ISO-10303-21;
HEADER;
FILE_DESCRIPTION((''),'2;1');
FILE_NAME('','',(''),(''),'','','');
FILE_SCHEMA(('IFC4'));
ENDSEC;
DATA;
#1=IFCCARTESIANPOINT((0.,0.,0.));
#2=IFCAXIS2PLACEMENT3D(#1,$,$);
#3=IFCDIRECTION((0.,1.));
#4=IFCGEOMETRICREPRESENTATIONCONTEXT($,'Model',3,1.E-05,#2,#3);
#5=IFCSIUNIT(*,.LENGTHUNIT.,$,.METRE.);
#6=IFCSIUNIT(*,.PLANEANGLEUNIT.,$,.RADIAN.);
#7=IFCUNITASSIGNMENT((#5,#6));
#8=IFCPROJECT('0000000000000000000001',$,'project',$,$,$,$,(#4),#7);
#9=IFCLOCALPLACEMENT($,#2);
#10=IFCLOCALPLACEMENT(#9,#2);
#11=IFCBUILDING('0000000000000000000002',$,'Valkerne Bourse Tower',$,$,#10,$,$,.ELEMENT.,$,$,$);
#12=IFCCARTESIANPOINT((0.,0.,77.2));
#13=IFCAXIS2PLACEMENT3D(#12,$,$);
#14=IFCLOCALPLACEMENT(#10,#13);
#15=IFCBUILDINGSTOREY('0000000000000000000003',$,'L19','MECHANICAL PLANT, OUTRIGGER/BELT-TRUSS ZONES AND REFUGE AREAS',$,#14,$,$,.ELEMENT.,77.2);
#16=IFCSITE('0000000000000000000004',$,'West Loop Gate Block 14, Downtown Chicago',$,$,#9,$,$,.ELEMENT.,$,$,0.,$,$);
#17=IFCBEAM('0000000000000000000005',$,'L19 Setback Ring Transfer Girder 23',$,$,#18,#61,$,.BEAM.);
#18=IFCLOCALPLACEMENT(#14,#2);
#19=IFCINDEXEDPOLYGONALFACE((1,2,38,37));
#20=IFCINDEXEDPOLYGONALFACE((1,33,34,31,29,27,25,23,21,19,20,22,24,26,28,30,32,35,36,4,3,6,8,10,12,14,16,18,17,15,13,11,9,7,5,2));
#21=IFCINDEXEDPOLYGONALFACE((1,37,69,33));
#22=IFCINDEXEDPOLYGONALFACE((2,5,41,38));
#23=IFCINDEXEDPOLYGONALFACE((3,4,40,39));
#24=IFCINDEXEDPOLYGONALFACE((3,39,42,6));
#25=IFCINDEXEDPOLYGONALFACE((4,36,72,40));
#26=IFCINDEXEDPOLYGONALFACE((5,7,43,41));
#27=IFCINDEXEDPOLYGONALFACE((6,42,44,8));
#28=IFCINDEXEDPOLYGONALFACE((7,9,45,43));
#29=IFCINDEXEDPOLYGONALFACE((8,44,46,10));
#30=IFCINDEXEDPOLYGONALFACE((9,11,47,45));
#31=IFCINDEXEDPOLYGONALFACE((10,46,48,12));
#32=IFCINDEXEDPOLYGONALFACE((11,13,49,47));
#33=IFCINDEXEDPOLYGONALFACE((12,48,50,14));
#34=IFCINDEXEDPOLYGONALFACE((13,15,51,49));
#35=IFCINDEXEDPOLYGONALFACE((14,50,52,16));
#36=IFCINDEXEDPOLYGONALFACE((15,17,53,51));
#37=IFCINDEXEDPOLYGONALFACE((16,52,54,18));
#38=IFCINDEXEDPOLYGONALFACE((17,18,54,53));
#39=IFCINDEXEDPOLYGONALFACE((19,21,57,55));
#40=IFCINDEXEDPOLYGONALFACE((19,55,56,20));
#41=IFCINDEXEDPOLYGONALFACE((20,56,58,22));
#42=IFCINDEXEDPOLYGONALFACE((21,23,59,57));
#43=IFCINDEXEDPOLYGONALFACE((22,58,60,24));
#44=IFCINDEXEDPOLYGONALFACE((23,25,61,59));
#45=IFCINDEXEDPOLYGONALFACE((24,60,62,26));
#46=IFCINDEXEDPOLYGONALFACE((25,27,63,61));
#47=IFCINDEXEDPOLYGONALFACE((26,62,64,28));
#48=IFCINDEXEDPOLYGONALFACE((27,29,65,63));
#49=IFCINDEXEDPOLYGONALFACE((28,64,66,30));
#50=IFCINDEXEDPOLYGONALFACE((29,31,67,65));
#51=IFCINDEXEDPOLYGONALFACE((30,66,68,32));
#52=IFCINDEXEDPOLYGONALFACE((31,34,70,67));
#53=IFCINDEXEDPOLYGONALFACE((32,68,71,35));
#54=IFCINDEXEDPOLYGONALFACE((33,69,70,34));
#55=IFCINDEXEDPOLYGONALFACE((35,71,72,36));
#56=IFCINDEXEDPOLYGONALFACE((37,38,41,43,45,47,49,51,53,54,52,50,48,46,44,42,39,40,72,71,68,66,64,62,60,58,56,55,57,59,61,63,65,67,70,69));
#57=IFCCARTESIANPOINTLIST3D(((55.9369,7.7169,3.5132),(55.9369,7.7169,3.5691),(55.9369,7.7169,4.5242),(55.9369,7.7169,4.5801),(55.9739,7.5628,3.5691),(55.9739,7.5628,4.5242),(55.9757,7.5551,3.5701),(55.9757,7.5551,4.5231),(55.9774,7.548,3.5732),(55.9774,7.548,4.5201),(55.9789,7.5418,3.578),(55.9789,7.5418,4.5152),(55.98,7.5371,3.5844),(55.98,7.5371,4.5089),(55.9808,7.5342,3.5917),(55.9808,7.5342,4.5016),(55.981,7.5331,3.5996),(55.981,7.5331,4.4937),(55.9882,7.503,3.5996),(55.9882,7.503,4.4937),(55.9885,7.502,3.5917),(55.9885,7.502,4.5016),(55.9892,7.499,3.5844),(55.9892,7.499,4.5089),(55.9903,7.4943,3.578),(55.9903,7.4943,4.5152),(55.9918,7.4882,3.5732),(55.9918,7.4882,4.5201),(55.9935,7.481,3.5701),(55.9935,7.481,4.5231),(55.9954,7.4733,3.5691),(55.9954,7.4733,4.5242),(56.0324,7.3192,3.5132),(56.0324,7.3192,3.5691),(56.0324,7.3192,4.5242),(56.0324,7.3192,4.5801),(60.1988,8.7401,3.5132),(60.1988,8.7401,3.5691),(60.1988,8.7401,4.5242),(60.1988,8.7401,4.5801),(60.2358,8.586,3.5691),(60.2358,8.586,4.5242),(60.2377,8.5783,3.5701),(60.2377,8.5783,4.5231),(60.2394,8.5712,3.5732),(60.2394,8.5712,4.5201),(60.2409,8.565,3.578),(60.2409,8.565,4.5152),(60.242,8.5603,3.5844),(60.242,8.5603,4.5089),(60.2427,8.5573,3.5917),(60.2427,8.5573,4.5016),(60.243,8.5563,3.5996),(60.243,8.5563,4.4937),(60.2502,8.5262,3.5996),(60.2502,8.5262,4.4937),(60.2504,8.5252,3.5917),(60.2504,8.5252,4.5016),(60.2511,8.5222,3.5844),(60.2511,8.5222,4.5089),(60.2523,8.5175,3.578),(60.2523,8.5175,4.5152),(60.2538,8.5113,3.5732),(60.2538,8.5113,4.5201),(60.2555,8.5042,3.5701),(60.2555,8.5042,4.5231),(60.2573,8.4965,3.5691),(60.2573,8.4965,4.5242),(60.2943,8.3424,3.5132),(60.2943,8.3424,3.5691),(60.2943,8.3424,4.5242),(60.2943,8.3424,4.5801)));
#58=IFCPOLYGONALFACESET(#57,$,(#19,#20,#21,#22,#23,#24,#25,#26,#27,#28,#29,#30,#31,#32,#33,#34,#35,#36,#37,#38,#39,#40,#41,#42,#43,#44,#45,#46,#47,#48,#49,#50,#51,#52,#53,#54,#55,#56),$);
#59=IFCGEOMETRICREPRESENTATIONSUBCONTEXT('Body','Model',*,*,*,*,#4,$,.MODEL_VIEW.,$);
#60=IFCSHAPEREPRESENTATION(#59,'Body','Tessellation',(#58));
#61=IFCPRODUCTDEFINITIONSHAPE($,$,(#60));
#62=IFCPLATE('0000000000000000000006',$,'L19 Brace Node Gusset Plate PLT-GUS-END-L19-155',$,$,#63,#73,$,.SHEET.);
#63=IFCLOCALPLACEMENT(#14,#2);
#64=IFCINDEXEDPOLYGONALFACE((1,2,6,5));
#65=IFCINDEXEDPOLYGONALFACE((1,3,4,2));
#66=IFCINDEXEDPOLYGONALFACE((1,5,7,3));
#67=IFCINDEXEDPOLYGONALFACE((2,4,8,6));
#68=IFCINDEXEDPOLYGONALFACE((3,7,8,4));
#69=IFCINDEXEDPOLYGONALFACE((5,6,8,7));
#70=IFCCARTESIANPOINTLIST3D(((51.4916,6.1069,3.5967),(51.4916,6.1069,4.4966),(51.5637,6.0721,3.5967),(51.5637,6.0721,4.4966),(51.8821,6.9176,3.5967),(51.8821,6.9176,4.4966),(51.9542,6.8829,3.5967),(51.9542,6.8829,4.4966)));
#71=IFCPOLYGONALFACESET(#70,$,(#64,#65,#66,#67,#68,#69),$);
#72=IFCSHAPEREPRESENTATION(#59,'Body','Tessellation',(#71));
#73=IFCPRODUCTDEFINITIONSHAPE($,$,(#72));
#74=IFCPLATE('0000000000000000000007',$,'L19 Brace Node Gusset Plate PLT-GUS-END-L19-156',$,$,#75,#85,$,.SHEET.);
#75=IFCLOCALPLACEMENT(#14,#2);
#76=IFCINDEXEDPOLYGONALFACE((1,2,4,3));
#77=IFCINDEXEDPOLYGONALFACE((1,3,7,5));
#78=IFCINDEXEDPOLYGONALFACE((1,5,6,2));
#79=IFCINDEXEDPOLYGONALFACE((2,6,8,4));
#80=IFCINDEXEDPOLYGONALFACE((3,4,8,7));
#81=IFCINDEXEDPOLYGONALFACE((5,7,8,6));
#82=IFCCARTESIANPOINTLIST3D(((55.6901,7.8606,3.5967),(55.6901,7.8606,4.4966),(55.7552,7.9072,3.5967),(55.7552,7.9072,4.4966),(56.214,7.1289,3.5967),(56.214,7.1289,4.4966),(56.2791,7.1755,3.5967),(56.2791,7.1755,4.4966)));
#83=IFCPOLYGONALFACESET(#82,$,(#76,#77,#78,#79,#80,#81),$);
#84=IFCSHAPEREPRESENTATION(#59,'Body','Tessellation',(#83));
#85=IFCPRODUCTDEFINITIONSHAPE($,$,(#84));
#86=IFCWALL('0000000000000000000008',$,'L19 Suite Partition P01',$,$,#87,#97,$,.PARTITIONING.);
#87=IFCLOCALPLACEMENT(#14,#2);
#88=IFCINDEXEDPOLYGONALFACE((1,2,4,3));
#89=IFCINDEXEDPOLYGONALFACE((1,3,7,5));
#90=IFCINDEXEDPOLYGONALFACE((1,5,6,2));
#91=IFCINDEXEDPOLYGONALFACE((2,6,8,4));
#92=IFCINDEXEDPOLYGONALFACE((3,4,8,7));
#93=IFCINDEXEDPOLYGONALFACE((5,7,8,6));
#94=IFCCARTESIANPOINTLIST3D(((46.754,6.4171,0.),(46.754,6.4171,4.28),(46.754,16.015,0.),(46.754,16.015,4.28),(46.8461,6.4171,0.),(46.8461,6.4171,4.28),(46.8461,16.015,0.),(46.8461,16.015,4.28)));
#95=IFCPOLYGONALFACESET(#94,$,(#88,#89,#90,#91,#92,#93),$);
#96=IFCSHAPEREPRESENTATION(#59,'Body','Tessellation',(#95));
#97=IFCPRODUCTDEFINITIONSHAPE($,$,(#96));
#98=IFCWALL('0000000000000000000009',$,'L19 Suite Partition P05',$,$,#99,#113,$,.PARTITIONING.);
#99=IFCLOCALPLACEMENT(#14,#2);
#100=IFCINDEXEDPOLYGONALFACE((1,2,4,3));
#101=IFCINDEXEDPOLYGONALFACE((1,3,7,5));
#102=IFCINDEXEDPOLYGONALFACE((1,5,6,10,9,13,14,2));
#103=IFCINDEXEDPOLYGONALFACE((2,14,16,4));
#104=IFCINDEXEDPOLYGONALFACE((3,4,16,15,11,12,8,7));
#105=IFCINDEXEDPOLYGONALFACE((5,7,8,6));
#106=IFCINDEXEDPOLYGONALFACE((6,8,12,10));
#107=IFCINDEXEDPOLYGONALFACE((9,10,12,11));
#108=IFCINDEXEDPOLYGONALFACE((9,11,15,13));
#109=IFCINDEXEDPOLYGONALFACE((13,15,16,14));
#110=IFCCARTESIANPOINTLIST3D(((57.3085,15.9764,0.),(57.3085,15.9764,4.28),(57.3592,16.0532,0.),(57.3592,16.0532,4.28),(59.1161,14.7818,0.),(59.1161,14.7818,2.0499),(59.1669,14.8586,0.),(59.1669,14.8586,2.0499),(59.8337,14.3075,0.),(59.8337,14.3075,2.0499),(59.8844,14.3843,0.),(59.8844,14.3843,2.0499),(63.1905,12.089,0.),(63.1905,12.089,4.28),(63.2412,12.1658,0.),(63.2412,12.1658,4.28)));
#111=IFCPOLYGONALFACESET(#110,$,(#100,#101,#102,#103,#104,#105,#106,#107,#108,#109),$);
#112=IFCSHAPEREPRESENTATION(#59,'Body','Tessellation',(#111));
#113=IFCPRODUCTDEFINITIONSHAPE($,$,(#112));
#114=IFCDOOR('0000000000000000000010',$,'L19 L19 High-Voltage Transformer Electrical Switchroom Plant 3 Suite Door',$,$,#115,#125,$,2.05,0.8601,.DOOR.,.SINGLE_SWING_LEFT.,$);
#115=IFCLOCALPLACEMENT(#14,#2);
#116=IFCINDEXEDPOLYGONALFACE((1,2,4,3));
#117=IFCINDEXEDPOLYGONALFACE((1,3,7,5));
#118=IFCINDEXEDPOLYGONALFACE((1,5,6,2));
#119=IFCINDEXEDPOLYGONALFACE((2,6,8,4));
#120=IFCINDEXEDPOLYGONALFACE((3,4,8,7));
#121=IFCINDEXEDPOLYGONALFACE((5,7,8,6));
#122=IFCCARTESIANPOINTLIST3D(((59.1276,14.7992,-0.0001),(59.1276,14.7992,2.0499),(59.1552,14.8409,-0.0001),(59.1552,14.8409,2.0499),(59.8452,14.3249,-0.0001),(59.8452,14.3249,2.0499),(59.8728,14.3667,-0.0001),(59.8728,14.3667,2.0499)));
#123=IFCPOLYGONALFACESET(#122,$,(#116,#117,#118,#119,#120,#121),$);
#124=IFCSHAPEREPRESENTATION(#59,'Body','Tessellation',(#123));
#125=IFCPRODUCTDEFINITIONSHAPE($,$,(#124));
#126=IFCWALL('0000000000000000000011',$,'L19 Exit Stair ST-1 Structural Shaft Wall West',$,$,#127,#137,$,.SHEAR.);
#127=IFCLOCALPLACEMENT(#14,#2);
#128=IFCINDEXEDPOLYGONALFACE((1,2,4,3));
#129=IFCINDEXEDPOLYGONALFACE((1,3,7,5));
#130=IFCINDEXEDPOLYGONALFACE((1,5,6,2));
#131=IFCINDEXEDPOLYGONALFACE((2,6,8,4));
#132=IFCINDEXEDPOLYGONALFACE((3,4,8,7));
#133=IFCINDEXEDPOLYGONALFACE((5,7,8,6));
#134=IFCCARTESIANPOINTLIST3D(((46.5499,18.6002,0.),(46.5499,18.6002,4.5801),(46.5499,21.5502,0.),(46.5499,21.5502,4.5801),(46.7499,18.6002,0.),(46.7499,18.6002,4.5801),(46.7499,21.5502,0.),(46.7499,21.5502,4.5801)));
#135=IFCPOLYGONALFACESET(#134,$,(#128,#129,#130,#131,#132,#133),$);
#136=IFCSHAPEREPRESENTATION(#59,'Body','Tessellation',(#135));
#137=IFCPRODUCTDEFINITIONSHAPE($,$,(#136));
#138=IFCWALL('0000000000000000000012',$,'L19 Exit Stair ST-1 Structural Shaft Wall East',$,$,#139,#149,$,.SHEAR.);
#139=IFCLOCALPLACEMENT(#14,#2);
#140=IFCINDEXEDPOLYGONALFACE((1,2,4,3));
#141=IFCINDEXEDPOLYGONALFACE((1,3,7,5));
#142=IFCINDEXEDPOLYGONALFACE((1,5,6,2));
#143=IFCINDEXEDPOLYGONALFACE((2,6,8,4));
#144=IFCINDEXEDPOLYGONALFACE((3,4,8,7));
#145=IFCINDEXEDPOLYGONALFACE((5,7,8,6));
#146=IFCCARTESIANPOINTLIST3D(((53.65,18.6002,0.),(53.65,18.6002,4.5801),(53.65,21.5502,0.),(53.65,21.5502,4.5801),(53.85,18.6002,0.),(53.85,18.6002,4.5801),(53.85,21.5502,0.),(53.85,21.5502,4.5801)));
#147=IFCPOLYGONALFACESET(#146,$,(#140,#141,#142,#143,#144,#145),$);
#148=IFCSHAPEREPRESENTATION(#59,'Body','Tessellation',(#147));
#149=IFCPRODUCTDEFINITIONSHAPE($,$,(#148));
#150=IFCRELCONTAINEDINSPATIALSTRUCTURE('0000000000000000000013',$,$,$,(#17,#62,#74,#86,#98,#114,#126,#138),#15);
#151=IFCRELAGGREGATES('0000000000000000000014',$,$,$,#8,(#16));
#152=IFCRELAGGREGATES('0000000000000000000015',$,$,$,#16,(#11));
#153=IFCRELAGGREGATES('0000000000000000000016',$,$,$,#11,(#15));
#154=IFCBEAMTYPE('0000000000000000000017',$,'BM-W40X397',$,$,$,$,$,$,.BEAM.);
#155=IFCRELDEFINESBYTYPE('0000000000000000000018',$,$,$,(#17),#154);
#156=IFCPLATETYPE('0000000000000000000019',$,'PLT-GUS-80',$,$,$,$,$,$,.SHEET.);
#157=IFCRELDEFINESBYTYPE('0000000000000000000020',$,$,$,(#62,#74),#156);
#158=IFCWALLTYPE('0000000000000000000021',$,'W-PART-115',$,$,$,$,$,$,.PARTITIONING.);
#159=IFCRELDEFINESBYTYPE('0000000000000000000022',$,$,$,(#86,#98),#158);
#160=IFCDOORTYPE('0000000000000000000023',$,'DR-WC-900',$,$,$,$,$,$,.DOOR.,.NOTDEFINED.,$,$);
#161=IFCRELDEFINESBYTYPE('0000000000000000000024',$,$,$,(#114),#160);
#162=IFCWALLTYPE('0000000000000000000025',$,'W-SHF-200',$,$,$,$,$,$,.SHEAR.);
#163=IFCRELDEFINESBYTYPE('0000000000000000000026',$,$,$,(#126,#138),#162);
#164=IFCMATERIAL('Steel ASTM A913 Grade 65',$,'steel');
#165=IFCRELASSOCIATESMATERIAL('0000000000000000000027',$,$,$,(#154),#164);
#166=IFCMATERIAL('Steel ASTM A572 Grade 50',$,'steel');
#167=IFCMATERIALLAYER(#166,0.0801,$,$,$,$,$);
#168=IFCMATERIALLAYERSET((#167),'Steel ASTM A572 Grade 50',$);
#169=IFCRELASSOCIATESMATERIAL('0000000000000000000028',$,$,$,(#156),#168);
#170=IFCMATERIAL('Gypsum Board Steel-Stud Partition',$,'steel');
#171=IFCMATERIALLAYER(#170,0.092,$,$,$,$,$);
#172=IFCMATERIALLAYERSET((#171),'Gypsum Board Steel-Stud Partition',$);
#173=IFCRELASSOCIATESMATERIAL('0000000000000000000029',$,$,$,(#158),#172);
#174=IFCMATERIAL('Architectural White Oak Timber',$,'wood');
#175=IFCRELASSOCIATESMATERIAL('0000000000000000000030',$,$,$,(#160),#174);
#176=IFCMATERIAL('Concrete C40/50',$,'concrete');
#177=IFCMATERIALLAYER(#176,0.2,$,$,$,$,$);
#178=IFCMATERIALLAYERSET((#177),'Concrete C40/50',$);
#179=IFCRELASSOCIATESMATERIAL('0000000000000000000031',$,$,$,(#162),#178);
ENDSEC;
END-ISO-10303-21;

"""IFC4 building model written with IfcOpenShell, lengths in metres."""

from ifc_helpers import new_model, si_unit, direction, frame, frame_2d, origin, origin_2d, place, context, subcontext, project, spatial, rectangle, i_section, extrude, material, layer, layer_set, material_profile, profile_set, type_object, element, fill, save


model = new_model("IFC4")

# Units and contexts
model_context = context("Model", 3, precision=1e-05, world=origin(), true_north=direction((0.0, 1.0)))
body_context = subcontext(model_context, "Body", "Model", "MODEL_VIEW")
ifc_project = project(units=[si_unit("LENGTHUNIT", "METRE"), si_unit("PLANEANGLEUNIT", "RADIAN")], contexts=[model_context])

# Site, building, storey
site_placement = place(None, origin())
site = spatial("IfcSite", under=ifc_project, at=site_placement, Name="West Loop Gate Block 14, Downtown Chicago", CompositionType="ELEMENT", RefElevation=0.0)
building_placement = place(site_placement, origin())
building = spatial("IfcBuilding", under=site, at=building_placement, Name="Valkerne Bourse Tower", CompositionType="ELEMENT")
storey_placement = place(building_placement, frame((0.0, 0.0, 77.2)))
storey = spatial("IfcBuildingStorey", under=building, at=storey_placement, Name="L19", Description="MECHANICAL PLANT, OUTRIGGER/BELT-TRUSS ZONES AND REFUGE AREAS", CompositionType="ELEMENT", Elevation=77.2)

# Beam
ifc_material_1 = material(Name="Steel ASTM A913 Grade 65", Category="steel")
ifc_material_profile = material_profile(ifc_material_1, i_section(OverallWidth=0.4089, OverallDepth=1.0669, WebThickness=0.031, FlangeThickness=0.0559, FilletRadius=0.0305, at=origin_2d()), Name="W40X397")
ifc_profile_set = profile_set([ifc_material_profile], Name="Steel ASTM A913 Grade 65")
beam_type = type_object("IfcBeamType", Name="BM-W40X397", PredefinedType="BEAM", material=ifc_profile_set)
beam_placement = place(storey_placement, frame((55.9846, 7.5181, 4.0466), z_axis=(0.972371, 0.233442, 0.0), x_axis=(-0.233442, 0.972371, 0.0)))
element("IfcBeam", 1, at=beam_placement, inside=storey, type_object=beam_type, Name="L19 Setback Ring Transfer Girder 23", PredefinedType="BEAM", context=body_context, shape_type="SweptSolid", body=[
    extrude(i_section(OverallWidth=0.4089, OverallDepth=1.0669, WebThickness=0.031, FlangeThickness=0.0559, FilletRadius=0.0305, at=origin_2d()), origin(), (0.0, 0.0, 1.0), 4.3831),
])

# Plates
ifc_material_2 = material(Name="Steel ASTM A572 Grade 50", Category="steel")
ifc_layer_1 = layer(ifc_material_2, 0.0801)
ifc_layer_set_1 = layer_set([ifc_layer_1], Name="Steel ASTM A572 Grade 50")
plate_type = type_object("IfcPlateType", Name="PLT-GUS-80", PredefinedType="SHEET", material=ifc_layer_set_1)
for number, where, z_axis, x_axis, name in (
    (2, (51.7229, 6.4949, 3.5967), (0.0, 0.0, 1.0), (0.433974, 0.900926, 0.0), "L19 Brace Node Gusset Plate PLT-GUS-END-L19-155"),
    (3, (55.9846, 7.5181, 3.5967), (0.0, 0.0, 1.0), (-0.582123, 0.813101, 0.0), "L19 Brace Node Gusset Plate PLT-GUS-END-L19-156"),
):
    element("IfcPlate", number, at=place(storey_placement, frame(where, z_axis=z_axis, x_axis=x_axis)), inside=storey, type_object=plate_type, Name=name, PredefinedType="SHEET", context=body_context, shape_type="SweptSolid", body=[
        extrude(rectangle(XDim=0.8999, YDim=0.0801, at=origin_2d()), origin(), (0.0, 0.0, 1.0), 0.8999),
    ])

# Wall
ifc_material_3 = material(Name="Gypsum Board Steel-Stud Partition", Category="steel")
ifc_layer_2 = layer(ifc_material_3, 0.092)
ifc_layer_set_2 = layer_set([ifc_layer_2], Name="Gypsum Board Steel-Stud Partition")
wall_type_1 = type_object("IfcWallType", Name="W-PART-115", PredefinedType="PARTITIONING", material=ifc_layer_set_2)
wall_1_placement = place(storey_placement, frame((46.8, 16.0149, 0.0), z_axis=(0.0, 0.0, 1.0), x_axis=(0.0, -1.0, 0.0)))
element("IfcWall", 4, at=wall_1_placement, inside=storey, type_object=wall_type_1, Name="L19 Suite Partition P01", PredefinedType="PARTITIONING", context=body_context, shape_type="SweptSolid", body=[
    extrude(rectangle(XDim=9.5979, YDim=0.092, at=frame_2d((4.7988, 0.0))), origin(), (0.0, 0.0, 1.0), 4.28),
])

# Wall, opening, door
wall_2_placement = place(storey_placement, frame((57.3337, 16.0149, 0.0), z_axis=(0.0, 0.0, 1.0), x_axis=(0.834265, -0.551364, 0.0)))
wall_2 = element("IfcWall", 5, at=wall_2_placement, inside=storey, type_object=wall_type_1, Name="L19 Suite Partition P05", PredefinedType="PARTITIONING", context=body_context, shape_type="SweptSolid", body=[
    extrude(rectangle(XDim=7.0505, YDim=0.092, at=frame_2d((3.5254, 0.0))), origin(), (0.0, 0.0, 1.0), 4.28),
])
opening_1_placement = place(wall_2_placement, frame((2.1667, 0.0, 0.0)))
opening_1 = element("IfcOpeningElement", 6, at=opening_1_placement, cuts=wall_2, PredefinedType="OPENING", context=body_context, shape_type="SweptSolid", body=[
    extrude(rectangle(XDim=0.8601, YDim=2.05, at=frame_2d((0.4302, 1.0249))), frame((0.0, 0.0559, 0.0), z_axis=(0.0, -1.0, 0.0), x_axis=(1.0, 0.0, 0.0)), (0.0, 0.0, 1.0), 0.1121),
])
ifc_material_4 = material(Name="Architectural White Oak Timber", Category="wood")
door_type_1 = type_object("IfcDoorType", Name="DR-WC-900", OperationType="NOTDEFINED", PredefinedType="DOOR", material=ifc_material_4)
door_1_placement = place(opening_1_placement, origin())
door_1 = element("IfcDoor", 7, at=door_1_placement, inside=storey, type_object=door_type_1, Name="L19 L19 High-Voltage Transformer Electrical Switchroom Plant 3 Suite Door", OperationType="SINGLE_SWING_LEFT", OverallHeight=2.05, OverallWidth=0.8601, PredefinedType="DOOR", context=body_context, shape_type="SweptSolid", body=[
    extrude(rectangle(XDim=0.8601, YDim=2.05, at=frame_2d((0.4302, 1.0249))), frame((0.0, 0.0249, 0.0), z_axis=(0.0, -1.0, 0.0), x_axis=(1.0, 0.0, 0.0)), (0.0, 0.0, 1.0), 0.05),
])
fill(opening_1, door_1)

# Walls
ifc_material_5 = material(Name="Concrete C40/50", Category="concrete")
ifc_layer_3 = layer(ifc_material_5, 0.2)
ifc_layer_set_3 = layer_set([ifc_layer_3], Name="Concrete C40/50")
wall_type_2 = type_object("IfcWallType", Name="W-SHF-200", PredefinedType="SHEAR", material=ifc_layer_set_3)
for number, where, z_axis, x_axis, name in (
    (8, (46.6499, 18.6001, 0.0), (0.0, 0.0, 1.0), (0.0, 1.0, 0.0), "L19 Exit Stair ST-1 Structural Shaft Wall West"),
    (9, (53.75, 18.6001, 0.0), (0.0, 0.0, 1.0), (0.0, 1.0, 0.0), "L19 Exit Stair ST-1 Structural Shaft Wall East"),
):
    element("IfcWall", number, at=place(storey_placement, frame(where, z_axis=z_axis, x_axis=x_axis)), inside=storey, type_object=wall_type_2, Name=name, PredefinedType="SHEAR", context=body_context, shape_type="SweptSolid", body=[
        extrude(rectangle(XDim=2.95, YDim=0.2, at=frame_2d((1.4751, 0.0))), origin(), (0.0, 0.0, 1.0), 4.5801),
    ])

save(model, "model.ifc")
